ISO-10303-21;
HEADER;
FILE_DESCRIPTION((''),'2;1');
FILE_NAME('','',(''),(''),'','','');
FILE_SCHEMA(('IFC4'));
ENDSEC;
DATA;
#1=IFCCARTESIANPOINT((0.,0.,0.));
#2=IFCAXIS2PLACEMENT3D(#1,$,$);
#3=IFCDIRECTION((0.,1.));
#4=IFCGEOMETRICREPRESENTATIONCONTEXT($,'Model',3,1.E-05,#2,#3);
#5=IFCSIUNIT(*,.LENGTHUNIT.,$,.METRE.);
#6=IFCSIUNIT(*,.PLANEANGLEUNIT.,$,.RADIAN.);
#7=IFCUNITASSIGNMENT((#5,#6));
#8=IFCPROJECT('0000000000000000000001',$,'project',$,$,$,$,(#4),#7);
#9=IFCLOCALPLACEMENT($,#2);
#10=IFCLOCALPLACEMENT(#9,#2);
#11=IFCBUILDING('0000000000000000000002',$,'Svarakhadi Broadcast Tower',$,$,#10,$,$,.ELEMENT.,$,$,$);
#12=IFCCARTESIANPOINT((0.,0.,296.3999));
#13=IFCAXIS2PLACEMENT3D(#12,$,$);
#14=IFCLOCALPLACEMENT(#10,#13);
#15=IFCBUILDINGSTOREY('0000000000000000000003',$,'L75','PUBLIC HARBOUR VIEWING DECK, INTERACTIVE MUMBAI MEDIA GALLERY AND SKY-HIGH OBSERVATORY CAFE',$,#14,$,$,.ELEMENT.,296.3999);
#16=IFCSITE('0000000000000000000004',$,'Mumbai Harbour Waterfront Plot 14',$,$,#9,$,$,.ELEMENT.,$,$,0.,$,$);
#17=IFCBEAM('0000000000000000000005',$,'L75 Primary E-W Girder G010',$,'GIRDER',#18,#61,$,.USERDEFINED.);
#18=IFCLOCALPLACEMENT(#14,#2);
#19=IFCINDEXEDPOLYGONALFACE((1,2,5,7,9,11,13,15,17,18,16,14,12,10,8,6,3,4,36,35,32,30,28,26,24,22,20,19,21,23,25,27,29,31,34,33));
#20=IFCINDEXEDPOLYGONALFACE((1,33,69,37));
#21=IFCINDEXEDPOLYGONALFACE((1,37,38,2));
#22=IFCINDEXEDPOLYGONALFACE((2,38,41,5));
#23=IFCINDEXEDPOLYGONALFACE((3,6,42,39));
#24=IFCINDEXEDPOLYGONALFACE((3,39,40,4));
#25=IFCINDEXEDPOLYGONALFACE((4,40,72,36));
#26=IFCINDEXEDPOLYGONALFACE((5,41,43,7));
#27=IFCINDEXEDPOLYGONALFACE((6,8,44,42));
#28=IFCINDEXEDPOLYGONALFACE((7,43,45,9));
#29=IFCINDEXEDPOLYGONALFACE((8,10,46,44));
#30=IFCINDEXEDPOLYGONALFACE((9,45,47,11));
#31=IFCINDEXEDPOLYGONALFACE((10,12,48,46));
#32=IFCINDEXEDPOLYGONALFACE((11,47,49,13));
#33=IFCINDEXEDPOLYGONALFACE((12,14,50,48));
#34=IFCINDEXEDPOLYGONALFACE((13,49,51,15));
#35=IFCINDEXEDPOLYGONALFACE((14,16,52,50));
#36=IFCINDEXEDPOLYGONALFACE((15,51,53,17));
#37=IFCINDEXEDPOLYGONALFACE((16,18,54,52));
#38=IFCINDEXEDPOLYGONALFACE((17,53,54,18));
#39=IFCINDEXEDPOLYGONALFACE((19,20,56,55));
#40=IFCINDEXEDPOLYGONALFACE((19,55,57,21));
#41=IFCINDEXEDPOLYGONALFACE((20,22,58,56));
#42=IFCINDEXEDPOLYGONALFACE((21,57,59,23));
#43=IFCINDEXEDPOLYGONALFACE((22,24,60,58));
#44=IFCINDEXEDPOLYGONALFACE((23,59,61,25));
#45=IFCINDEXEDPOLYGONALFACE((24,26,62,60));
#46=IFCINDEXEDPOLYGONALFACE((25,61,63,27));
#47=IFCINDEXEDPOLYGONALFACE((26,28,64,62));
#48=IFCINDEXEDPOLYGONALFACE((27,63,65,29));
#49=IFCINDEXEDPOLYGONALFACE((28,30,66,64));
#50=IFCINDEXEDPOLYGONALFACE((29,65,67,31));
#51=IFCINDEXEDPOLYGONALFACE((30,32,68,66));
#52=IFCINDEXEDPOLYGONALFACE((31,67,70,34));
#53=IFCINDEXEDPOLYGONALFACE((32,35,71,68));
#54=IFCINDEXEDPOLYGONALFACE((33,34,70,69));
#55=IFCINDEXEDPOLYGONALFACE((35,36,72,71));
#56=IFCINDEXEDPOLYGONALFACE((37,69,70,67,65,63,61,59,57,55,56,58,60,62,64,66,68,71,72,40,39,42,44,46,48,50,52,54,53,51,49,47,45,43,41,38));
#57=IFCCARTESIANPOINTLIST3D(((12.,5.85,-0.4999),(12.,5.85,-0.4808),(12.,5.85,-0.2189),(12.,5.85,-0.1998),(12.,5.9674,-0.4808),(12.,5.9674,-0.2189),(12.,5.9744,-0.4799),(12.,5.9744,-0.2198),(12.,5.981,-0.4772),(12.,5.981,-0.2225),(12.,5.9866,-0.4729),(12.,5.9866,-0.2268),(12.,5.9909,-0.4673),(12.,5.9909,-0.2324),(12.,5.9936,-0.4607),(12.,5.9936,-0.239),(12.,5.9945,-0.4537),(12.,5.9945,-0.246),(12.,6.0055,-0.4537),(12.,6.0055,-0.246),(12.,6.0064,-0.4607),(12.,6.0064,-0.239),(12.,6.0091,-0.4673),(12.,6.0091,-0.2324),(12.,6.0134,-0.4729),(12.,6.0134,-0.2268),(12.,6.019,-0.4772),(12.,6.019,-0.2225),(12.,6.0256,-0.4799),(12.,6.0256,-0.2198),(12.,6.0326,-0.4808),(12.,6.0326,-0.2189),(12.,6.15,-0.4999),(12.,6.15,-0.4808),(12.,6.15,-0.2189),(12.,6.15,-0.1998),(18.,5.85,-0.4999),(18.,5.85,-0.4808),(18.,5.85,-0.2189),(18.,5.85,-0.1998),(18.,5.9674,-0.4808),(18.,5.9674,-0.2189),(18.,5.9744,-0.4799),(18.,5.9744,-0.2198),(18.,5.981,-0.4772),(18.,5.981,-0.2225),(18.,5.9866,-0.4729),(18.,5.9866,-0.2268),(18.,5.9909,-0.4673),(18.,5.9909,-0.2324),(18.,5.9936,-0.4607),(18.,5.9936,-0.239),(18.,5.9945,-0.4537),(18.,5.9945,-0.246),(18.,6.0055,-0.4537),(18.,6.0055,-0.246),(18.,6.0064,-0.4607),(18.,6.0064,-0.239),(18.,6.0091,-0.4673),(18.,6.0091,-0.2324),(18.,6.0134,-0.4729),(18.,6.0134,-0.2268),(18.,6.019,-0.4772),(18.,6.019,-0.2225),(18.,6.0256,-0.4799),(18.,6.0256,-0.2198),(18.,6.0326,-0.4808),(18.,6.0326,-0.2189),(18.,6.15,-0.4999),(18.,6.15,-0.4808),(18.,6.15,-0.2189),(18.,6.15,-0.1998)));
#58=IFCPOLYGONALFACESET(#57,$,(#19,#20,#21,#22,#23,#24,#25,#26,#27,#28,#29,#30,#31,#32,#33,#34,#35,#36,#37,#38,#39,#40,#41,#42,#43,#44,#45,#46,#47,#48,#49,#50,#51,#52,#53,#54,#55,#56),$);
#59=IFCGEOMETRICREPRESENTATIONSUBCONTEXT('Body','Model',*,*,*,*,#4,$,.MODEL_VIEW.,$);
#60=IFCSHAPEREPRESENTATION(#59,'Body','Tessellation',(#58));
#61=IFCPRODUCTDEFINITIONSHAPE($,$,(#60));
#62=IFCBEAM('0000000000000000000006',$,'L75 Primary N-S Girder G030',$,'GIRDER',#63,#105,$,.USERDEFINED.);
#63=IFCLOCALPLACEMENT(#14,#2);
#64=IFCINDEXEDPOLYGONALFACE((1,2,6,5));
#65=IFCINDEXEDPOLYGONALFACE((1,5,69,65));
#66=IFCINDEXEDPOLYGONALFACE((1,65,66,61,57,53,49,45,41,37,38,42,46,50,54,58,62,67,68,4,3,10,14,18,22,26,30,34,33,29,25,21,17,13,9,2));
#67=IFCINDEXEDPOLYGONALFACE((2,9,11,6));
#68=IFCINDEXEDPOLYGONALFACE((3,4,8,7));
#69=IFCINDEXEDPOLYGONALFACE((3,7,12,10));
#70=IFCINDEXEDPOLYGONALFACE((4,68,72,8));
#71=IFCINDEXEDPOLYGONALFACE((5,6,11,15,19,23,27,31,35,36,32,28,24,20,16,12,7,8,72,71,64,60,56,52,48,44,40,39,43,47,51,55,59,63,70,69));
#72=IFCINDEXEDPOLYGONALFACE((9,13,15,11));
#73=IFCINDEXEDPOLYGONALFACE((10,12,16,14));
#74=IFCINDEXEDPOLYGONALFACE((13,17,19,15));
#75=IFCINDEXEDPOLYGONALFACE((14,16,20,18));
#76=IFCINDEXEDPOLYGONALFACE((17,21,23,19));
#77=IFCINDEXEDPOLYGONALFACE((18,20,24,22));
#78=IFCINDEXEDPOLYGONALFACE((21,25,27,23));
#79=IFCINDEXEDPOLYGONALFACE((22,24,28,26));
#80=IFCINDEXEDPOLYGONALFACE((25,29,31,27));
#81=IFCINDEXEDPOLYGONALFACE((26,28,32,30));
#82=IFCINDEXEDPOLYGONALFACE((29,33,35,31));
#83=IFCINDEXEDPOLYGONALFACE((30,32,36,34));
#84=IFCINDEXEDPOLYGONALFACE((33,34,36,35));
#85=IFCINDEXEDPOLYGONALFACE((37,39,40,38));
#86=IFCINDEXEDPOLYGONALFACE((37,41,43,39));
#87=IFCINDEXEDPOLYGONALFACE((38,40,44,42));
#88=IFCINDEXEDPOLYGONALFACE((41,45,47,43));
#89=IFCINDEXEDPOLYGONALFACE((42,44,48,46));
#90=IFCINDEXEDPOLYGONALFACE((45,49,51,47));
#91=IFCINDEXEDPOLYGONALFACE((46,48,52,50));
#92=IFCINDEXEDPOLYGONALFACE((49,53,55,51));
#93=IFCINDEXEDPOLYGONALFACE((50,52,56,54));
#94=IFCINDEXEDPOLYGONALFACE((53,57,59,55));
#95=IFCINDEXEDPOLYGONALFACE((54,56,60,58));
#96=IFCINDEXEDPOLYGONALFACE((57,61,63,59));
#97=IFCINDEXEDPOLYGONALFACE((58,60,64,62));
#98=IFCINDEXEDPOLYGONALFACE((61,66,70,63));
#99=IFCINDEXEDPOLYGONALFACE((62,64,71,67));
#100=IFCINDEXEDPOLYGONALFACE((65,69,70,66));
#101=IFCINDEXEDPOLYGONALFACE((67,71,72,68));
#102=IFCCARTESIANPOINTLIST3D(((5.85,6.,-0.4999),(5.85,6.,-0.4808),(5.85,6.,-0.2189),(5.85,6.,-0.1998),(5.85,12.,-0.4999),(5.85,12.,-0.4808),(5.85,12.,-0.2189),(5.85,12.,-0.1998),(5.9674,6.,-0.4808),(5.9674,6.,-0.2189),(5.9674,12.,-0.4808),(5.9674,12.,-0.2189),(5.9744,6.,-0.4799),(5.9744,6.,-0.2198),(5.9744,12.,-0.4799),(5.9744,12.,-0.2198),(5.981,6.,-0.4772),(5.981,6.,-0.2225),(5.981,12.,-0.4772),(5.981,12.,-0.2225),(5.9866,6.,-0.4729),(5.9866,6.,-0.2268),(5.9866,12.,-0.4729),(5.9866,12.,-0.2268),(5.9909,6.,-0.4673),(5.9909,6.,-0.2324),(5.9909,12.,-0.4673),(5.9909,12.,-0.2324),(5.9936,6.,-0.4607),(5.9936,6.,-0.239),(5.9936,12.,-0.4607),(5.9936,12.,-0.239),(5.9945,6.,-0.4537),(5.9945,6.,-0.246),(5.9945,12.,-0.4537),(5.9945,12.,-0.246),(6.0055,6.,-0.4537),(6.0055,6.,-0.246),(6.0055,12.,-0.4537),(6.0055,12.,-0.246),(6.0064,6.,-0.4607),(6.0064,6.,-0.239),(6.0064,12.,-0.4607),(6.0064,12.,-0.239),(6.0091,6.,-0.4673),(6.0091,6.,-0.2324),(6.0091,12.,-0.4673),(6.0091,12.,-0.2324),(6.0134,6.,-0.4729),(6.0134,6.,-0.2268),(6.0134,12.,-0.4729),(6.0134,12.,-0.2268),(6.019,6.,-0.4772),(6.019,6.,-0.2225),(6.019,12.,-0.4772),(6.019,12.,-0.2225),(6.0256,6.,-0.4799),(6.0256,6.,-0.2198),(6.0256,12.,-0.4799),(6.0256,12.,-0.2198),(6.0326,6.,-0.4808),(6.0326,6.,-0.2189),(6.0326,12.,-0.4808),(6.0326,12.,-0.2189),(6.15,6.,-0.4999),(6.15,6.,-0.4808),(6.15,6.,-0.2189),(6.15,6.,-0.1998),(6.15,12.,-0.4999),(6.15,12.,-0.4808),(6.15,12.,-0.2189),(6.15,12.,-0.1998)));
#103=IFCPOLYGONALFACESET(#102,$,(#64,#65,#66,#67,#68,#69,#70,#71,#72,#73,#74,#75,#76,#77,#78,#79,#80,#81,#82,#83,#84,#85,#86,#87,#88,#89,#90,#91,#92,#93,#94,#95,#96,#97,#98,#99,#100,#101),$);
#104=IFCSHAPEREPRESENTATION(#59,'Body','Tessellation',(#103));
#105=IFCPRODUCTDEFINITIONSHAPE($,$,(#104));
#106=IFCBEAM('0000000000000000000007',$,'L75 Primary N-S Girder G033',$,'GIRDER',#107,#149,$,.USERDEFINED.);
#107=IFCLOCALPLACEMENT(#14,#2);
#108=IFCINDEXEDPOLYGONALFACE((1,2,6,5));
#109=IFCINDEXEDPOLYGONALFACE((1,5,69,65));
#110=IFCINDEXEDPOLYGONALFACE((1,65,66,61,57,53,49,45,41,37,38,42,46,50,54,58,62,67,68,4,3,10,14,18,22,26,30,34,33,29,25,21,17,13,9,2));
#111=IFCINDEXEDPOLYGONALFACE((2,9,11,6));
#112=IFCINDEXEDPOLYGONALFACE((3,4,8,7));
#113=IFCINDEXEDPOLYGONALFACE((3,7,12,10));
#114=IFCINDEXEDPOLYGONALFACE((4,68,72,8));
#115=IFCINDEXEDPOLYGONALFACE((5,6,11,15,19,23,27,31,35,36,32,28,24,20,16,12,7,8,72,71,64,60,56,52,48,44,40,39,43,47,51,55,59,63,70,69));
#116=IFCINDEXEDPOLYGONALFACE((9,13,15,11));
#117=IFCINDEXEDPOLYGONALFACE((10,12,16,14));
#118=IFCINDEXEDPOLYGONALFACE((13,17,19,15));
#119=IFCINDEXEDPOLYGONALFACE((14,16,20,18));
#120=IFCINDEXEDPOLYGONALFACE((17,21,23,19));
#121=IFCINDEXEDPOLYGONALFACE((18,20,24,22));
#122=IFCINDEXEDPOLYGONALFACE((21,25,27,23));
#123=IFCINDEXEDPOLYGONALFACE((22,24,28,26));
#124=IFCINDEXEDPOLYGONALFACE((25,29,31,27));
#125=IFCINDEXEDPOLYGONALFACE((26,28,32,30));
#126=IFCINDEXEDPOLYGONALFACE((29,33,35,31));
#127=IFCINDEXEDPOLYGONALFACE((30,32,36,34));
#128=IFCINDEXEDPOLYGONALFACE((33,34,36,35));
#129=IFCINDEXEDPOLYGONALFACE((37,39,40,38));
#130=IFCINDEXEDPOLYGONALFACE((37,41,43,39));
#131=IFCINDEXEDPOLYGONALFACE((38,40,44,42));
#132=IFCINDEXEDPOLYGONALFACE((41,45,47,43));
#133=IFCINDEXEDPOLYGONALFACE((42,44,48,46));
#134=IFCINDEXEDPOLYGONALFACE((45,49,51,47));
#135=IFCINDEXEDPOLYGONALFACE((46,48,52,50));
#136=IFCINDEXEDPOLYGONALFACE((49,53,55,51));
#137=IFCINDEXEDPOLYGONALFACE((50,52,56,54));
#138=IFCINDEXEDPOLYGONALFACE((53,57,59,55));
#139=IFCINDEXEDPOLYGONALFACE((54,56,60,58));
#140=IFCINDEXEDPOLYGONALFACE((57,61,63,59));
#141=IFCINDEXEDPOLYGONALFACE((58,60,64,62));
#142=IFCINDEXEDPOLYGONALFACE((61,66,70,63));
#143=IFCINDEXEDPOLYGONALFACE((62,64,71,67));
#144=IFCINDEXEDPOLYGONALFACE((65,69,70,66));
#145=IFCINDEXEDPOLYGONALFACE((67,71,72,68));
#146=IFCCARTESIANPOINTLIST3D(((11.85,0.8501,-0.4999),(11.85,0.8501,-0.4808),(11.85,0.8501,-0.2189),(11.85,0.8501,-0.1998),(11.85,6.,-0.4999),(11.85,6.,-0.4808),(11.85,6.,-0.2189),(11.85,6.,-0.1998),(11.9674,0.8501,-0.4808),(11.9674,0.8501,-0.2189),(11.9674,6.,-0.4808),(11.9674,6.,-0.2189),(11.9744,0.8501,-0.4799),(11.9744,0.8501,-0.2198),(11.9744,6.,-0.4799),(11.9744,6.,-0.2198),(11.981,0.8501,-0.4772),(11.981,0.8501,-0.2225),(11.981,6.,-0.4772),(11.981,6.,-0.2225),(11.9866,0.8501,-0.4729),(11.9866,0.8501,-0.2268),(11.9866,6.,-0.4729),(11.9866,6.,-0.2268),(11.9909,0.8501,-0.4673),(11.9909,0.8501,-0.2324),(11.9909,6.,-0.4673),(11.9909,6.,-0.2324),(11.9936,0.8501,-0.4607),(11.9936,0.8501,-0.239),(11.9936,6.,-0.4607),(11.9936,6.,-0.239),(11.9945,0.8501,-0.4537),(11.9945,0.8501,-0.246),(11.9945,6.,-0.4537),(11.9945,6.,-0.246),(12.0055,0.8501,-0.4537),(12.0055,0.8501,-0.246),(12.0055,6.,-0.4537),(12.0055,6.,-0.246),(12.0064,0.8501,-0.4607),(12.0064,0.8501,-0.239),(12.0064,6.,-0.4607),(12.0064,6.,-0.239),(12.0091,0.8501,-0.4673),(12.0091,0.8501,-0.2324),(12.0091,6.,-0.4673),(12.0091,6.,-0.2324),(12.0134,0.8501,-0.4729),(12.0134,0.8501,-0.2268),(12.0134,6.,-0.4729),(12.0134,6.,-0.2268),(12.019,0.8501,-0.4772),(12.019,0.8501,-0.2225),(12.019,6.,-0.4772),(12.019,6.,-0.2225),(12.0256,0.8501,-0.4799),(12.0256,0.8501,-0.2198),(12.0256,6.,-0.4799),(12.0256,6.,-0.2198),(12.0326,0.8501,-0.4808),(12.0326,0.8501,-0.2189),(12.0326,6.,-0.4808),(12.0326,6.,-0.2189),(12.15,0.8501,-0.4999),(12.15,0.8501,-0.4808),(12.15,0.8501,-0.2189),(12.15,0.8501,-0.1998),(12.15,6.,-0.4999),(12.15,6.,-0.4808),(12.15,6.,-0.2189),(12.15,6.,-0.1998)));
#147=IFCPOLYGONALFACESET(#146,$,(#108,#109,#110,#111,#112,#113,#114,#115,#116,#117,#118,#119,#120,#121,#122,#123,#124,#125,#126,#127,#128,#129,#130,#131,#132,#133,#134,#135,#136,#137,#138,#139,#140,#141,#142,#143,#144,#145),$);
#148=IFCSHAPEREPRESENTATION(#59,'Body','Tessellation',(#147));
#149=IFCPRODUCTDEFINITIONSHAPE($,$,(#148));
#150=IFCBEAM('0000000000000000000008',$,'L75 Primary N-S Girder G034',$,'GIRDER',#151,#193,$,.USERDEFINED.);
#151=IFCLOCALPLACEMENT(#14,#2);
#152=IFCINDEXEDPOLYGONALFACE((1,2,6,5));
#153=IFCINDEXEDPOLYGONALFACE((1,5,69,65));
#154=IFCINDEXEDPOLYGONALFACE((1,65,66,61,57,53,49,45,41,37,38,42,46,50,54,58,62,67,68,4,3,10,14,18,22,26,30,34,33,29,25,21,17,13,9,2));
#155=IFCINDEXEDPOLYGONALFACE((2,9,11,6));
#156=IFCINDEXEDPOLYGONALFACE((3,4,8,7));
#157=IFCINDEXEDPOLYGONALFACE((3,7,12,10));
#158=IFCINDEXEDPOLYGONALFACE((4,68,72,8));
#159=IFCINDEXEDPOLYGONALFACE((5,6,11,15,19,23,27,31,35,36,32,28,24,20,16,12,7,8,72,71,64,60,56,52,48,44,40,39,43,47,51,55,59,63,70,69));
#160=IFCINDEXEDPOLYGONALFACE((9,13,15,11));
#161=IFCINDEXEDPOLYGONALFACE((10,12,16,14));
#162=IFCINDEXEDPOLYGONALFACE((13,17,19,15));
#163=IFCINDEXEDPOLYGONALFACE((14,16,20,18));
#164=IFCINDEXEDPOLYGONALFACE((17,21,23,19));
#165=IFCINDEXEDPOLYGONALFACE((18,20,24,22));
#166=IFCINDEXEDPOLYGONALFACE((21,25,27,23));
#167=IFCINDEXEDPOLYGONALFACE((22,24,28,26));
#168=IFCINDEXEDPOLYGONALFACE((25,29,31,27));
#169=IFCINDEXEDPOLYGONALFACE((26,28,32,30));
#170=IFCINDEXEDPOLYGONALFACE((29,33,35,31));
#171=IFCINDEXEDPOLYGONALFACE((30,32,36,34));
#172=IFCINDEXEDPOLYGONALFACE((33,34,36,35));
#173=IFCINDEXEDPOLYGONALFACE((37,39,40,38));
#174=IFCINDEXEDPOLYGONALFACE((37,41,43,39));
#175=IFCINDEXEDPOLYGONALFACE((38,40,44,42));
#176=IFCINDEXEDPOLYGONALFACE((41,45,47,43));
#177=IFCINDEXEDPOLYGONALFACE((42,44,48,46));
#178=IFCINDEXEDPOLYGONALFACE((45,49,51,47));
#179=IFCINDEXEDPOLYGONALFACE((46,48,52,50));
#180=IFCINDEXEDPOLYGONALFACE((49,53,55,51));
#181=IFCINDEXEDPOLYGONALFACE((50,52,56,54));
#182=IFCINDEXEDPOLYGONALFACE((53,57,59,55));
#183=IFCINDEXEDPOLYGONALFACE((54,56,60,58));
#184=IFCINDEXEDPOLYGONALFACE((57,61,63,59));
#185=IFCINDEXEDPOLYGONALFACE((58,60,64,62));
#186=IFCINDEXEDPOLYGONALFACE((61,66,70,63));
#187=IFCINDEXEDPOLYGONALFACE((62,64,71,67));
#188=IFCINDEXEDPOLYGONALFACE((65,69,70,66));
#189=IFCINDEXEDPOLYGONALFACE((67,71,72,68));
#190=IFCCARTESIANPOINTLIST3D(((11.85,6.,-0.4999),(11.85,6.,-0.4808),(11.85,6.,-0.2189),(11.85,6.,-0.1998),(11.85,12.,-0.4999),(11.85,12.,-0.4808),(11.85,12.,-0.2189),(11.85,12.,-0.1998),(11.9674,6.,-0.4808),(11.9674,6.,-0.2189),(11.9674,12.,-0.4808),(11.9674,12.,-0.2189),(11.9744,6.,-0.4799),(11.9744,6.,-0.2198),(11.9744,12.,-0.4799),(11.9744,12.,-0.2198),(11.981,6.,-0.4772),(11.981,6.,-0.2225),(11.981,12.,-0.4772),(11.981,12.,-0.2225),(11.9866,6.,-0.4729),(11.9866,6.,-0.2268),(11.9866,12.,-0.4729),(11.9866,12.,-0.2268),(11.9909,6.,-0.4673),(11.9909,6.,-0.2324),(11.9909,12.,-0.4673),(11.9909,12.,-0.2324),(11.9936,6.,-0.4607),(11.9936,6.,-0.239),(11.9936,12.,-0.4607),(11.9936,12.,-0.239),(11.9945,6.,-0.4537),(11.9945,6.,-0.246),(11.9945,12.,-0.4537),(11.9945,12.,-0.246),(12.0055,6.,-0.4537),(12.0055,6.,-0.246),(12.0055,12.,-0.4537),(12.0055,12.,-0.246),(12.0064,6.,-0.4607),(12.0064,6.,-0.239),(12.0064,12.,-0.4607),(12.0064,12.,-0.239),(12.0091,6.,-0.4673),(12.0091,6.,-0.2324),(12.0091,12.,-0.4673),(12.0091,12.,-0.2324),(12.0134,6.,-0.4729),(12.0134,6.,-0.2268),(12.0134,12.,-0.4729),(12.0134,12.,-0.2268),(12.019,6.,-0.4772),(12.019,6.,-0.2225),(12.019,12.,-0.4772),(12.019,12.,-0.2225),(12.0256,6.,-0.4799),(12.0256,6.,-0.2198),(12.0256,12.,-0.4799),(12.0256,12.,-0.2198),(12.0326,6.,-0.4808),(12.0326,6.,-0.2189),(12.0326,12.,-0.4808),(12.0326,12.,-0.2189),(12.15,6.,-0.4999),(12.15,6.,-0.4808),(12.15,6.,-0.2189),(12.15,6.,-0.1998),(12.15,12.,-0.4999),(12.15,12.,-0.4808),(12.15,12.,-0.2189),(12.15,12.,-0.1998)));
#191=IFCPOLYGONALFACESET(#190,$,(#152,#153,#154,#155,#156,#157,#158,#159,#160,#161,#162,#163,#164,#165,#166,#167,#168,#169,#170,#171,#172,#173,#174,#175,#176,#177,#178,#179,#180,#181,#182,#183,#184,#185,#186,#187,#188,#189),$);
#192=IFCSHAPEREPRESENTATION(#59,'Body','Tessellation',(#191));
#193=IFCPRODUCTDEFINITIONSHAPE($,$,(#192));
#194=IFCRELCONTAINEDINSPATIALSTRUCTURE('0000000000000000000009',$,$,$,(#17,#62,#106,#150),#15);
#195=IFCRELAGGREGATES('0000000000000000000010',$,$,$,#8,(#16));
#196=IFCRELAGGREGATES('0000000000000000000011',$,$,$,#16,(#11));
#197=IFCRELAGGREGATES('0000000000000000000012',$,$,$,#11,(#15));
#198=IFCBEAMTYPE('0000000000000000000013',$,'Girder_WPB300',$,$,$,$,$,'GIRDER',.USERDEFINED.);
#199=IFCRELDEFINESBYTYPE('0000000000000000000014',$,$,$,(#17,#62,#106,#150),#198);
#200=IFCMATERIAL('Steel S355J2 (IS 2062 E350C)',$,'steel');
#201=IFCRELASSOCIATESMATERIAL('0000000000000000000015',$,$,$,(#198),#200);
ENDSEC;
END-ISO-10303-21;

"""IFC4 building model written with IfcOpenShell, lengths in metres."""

from ifc_helpers import new_model, si_unit, direction, frame, origin, origin_2d, place, context, subcontext, project, spatial, i_section, extrude, material, material_profile, profile_set, type_object, element, save


model = new_model("IFC4")

# Units and contexts
model_context = context("Model", 3, precision=1e-05, world=origin(), true_north=direction((0.0, 1.0)))
body_context = subcontext(model_context, "Body", "Model", "MODEL_VIEW")
ifc_project = project(units=[si_unit("LENGTHUNIT", "METRE"), si_unit("PLANEANGLEUNIT", "RADIAN")], contexts=[model_context])

# Site, building, storey
site_placement = place(None, origin())
site = spatial("IfcSite", under=ifc_project, at=site_placement, Name="Mumbai Harbour Waterfront Plot 14", CompositionType="ELEMENT", RefElevation=0.0)
building_placement = place(site_placement, origin())
building = spatial("IfcBuilding", under=site, at=building_placement, Name="Svarakhadi Broadcast Tower", CompositionType="ELEMENT")
storey_placement = place(building_placement, frame((0.0, 0.0, 296.3999)))
storey = spatial("IfcBuildingStorey", under=building, at=storey_placement, Name="L75", Description="PUBLIC HARBOUR VIEWING DECK, INTERACTIVE MUMBAI MEDIA GALLERY AND SKY-HIGH OBSERVATORY CAFE", CompositionType="ELEMENT", Elevation=296.3999)

# Shared definitions
ifc_material_1 = material(Name="Steel S355J2 (IS 2062 E350C)", Category="steel")

# Beams
ifc_material_profile_1 = material_profile(ifc_material_1, i_section(OverallWidth=0.3, OverallDepth=0.3, WebThickness=0.011, FlangeThickness=0.019, FilletRadius=0.0271, at=origin_2d()), Name="WPB 300x300x117")
ifc_profile_set_1 = profile_set([ifc_material_profile_1], Name="Steel S355J2 (IS 2062 E350C)")
beam_type_1 = type_object("IfcBeamType", Name="Girder_WPB300", ElementType="GIRDER", PredefinedType="USERDEFINED", material=ifc_profile_set_1)
for number, where, z_axis, x_axis, name in (
    (1, (12.0, 6.0, -0.3499), (1.0, 0.0, 0.0), (0.0, 1.0, 0.0), "L75 Primary E-W Girder G010"),
    (2, (6.0, 6.0, -0.3499), (0.0, 1.0, 0.0), (-1.0, 0.0, 0.0), "L75 Primary N-S Girder G030"),
):
    element("IfcBeam", number, at=place(storey_placement, frame(where, z_axis=z_axis, x_axis=x_axis)), inside=storey, type_object=beam_type_1, Name=name, ObjectType="GIRDER", PredefinedType="USERDEFINED", context=body_context, shape_type="SweptSolid", body=[
        extrude(i_section(OverallWidth=0.3, OverallDepth=0.3, WebThickness=0.011, FlangeThickness=0.019, FilletRadius=0.0271, at=origin_2d()), origin(), (0.0, 0.0, 1.0), 6.0),
    ])
beam_1_placement = place(storey_placement, frame((12.0, 0.8501, -0.3499), z_axis=(0.0, 1.0, 0.0), x_axis=(-1.0, 0.0, 0.0)))
element("IfcBeam", 3, at=beam_1_placement, inside=storey, type_object=beam_type_1, Name="L75 Primary N-S Girder G033", ObjectType="GIRDER", PredefinedType="USERDEFINED", context=body_context, shape_type="SweptSolid", body=[
    extrude(i_section(OverallWidth=0.3, OverallDepth=0.3, WebThickness=0.011, FlangeThickness=0.019, FilletRadius=0.0271, at=origin_2d()), origin(), (0.0, 0.0, 1.0), 5.1499),
])
beam_2_placement = place(storey_placement, frame((12.0, 6.0, -0.3499), z_axis=(0.0, 1.0, 0.0), x_axis=(-1.0, 0.0, 0.0)))
element("IfcBeam", 4, at=beam_2_placement, inside=storey, type_object=beam_type_1, Name="L75 Primary N-S Girder G034", ObjectType="GIRDER", PredefinedType="USERDEFINED", context=body_context, shape_type="SweptSolid", body=[
    extrude(i_section(OverallWidth=0.3, OverallDepth=0.3, WebThickness=0.011, FlangeThickness=0.019, FilletRadius=0.0271, at=origin_2d()), origin(), (0.0, 0.0, 1.0), 6.0),
])

save(model, "model.ifc")
